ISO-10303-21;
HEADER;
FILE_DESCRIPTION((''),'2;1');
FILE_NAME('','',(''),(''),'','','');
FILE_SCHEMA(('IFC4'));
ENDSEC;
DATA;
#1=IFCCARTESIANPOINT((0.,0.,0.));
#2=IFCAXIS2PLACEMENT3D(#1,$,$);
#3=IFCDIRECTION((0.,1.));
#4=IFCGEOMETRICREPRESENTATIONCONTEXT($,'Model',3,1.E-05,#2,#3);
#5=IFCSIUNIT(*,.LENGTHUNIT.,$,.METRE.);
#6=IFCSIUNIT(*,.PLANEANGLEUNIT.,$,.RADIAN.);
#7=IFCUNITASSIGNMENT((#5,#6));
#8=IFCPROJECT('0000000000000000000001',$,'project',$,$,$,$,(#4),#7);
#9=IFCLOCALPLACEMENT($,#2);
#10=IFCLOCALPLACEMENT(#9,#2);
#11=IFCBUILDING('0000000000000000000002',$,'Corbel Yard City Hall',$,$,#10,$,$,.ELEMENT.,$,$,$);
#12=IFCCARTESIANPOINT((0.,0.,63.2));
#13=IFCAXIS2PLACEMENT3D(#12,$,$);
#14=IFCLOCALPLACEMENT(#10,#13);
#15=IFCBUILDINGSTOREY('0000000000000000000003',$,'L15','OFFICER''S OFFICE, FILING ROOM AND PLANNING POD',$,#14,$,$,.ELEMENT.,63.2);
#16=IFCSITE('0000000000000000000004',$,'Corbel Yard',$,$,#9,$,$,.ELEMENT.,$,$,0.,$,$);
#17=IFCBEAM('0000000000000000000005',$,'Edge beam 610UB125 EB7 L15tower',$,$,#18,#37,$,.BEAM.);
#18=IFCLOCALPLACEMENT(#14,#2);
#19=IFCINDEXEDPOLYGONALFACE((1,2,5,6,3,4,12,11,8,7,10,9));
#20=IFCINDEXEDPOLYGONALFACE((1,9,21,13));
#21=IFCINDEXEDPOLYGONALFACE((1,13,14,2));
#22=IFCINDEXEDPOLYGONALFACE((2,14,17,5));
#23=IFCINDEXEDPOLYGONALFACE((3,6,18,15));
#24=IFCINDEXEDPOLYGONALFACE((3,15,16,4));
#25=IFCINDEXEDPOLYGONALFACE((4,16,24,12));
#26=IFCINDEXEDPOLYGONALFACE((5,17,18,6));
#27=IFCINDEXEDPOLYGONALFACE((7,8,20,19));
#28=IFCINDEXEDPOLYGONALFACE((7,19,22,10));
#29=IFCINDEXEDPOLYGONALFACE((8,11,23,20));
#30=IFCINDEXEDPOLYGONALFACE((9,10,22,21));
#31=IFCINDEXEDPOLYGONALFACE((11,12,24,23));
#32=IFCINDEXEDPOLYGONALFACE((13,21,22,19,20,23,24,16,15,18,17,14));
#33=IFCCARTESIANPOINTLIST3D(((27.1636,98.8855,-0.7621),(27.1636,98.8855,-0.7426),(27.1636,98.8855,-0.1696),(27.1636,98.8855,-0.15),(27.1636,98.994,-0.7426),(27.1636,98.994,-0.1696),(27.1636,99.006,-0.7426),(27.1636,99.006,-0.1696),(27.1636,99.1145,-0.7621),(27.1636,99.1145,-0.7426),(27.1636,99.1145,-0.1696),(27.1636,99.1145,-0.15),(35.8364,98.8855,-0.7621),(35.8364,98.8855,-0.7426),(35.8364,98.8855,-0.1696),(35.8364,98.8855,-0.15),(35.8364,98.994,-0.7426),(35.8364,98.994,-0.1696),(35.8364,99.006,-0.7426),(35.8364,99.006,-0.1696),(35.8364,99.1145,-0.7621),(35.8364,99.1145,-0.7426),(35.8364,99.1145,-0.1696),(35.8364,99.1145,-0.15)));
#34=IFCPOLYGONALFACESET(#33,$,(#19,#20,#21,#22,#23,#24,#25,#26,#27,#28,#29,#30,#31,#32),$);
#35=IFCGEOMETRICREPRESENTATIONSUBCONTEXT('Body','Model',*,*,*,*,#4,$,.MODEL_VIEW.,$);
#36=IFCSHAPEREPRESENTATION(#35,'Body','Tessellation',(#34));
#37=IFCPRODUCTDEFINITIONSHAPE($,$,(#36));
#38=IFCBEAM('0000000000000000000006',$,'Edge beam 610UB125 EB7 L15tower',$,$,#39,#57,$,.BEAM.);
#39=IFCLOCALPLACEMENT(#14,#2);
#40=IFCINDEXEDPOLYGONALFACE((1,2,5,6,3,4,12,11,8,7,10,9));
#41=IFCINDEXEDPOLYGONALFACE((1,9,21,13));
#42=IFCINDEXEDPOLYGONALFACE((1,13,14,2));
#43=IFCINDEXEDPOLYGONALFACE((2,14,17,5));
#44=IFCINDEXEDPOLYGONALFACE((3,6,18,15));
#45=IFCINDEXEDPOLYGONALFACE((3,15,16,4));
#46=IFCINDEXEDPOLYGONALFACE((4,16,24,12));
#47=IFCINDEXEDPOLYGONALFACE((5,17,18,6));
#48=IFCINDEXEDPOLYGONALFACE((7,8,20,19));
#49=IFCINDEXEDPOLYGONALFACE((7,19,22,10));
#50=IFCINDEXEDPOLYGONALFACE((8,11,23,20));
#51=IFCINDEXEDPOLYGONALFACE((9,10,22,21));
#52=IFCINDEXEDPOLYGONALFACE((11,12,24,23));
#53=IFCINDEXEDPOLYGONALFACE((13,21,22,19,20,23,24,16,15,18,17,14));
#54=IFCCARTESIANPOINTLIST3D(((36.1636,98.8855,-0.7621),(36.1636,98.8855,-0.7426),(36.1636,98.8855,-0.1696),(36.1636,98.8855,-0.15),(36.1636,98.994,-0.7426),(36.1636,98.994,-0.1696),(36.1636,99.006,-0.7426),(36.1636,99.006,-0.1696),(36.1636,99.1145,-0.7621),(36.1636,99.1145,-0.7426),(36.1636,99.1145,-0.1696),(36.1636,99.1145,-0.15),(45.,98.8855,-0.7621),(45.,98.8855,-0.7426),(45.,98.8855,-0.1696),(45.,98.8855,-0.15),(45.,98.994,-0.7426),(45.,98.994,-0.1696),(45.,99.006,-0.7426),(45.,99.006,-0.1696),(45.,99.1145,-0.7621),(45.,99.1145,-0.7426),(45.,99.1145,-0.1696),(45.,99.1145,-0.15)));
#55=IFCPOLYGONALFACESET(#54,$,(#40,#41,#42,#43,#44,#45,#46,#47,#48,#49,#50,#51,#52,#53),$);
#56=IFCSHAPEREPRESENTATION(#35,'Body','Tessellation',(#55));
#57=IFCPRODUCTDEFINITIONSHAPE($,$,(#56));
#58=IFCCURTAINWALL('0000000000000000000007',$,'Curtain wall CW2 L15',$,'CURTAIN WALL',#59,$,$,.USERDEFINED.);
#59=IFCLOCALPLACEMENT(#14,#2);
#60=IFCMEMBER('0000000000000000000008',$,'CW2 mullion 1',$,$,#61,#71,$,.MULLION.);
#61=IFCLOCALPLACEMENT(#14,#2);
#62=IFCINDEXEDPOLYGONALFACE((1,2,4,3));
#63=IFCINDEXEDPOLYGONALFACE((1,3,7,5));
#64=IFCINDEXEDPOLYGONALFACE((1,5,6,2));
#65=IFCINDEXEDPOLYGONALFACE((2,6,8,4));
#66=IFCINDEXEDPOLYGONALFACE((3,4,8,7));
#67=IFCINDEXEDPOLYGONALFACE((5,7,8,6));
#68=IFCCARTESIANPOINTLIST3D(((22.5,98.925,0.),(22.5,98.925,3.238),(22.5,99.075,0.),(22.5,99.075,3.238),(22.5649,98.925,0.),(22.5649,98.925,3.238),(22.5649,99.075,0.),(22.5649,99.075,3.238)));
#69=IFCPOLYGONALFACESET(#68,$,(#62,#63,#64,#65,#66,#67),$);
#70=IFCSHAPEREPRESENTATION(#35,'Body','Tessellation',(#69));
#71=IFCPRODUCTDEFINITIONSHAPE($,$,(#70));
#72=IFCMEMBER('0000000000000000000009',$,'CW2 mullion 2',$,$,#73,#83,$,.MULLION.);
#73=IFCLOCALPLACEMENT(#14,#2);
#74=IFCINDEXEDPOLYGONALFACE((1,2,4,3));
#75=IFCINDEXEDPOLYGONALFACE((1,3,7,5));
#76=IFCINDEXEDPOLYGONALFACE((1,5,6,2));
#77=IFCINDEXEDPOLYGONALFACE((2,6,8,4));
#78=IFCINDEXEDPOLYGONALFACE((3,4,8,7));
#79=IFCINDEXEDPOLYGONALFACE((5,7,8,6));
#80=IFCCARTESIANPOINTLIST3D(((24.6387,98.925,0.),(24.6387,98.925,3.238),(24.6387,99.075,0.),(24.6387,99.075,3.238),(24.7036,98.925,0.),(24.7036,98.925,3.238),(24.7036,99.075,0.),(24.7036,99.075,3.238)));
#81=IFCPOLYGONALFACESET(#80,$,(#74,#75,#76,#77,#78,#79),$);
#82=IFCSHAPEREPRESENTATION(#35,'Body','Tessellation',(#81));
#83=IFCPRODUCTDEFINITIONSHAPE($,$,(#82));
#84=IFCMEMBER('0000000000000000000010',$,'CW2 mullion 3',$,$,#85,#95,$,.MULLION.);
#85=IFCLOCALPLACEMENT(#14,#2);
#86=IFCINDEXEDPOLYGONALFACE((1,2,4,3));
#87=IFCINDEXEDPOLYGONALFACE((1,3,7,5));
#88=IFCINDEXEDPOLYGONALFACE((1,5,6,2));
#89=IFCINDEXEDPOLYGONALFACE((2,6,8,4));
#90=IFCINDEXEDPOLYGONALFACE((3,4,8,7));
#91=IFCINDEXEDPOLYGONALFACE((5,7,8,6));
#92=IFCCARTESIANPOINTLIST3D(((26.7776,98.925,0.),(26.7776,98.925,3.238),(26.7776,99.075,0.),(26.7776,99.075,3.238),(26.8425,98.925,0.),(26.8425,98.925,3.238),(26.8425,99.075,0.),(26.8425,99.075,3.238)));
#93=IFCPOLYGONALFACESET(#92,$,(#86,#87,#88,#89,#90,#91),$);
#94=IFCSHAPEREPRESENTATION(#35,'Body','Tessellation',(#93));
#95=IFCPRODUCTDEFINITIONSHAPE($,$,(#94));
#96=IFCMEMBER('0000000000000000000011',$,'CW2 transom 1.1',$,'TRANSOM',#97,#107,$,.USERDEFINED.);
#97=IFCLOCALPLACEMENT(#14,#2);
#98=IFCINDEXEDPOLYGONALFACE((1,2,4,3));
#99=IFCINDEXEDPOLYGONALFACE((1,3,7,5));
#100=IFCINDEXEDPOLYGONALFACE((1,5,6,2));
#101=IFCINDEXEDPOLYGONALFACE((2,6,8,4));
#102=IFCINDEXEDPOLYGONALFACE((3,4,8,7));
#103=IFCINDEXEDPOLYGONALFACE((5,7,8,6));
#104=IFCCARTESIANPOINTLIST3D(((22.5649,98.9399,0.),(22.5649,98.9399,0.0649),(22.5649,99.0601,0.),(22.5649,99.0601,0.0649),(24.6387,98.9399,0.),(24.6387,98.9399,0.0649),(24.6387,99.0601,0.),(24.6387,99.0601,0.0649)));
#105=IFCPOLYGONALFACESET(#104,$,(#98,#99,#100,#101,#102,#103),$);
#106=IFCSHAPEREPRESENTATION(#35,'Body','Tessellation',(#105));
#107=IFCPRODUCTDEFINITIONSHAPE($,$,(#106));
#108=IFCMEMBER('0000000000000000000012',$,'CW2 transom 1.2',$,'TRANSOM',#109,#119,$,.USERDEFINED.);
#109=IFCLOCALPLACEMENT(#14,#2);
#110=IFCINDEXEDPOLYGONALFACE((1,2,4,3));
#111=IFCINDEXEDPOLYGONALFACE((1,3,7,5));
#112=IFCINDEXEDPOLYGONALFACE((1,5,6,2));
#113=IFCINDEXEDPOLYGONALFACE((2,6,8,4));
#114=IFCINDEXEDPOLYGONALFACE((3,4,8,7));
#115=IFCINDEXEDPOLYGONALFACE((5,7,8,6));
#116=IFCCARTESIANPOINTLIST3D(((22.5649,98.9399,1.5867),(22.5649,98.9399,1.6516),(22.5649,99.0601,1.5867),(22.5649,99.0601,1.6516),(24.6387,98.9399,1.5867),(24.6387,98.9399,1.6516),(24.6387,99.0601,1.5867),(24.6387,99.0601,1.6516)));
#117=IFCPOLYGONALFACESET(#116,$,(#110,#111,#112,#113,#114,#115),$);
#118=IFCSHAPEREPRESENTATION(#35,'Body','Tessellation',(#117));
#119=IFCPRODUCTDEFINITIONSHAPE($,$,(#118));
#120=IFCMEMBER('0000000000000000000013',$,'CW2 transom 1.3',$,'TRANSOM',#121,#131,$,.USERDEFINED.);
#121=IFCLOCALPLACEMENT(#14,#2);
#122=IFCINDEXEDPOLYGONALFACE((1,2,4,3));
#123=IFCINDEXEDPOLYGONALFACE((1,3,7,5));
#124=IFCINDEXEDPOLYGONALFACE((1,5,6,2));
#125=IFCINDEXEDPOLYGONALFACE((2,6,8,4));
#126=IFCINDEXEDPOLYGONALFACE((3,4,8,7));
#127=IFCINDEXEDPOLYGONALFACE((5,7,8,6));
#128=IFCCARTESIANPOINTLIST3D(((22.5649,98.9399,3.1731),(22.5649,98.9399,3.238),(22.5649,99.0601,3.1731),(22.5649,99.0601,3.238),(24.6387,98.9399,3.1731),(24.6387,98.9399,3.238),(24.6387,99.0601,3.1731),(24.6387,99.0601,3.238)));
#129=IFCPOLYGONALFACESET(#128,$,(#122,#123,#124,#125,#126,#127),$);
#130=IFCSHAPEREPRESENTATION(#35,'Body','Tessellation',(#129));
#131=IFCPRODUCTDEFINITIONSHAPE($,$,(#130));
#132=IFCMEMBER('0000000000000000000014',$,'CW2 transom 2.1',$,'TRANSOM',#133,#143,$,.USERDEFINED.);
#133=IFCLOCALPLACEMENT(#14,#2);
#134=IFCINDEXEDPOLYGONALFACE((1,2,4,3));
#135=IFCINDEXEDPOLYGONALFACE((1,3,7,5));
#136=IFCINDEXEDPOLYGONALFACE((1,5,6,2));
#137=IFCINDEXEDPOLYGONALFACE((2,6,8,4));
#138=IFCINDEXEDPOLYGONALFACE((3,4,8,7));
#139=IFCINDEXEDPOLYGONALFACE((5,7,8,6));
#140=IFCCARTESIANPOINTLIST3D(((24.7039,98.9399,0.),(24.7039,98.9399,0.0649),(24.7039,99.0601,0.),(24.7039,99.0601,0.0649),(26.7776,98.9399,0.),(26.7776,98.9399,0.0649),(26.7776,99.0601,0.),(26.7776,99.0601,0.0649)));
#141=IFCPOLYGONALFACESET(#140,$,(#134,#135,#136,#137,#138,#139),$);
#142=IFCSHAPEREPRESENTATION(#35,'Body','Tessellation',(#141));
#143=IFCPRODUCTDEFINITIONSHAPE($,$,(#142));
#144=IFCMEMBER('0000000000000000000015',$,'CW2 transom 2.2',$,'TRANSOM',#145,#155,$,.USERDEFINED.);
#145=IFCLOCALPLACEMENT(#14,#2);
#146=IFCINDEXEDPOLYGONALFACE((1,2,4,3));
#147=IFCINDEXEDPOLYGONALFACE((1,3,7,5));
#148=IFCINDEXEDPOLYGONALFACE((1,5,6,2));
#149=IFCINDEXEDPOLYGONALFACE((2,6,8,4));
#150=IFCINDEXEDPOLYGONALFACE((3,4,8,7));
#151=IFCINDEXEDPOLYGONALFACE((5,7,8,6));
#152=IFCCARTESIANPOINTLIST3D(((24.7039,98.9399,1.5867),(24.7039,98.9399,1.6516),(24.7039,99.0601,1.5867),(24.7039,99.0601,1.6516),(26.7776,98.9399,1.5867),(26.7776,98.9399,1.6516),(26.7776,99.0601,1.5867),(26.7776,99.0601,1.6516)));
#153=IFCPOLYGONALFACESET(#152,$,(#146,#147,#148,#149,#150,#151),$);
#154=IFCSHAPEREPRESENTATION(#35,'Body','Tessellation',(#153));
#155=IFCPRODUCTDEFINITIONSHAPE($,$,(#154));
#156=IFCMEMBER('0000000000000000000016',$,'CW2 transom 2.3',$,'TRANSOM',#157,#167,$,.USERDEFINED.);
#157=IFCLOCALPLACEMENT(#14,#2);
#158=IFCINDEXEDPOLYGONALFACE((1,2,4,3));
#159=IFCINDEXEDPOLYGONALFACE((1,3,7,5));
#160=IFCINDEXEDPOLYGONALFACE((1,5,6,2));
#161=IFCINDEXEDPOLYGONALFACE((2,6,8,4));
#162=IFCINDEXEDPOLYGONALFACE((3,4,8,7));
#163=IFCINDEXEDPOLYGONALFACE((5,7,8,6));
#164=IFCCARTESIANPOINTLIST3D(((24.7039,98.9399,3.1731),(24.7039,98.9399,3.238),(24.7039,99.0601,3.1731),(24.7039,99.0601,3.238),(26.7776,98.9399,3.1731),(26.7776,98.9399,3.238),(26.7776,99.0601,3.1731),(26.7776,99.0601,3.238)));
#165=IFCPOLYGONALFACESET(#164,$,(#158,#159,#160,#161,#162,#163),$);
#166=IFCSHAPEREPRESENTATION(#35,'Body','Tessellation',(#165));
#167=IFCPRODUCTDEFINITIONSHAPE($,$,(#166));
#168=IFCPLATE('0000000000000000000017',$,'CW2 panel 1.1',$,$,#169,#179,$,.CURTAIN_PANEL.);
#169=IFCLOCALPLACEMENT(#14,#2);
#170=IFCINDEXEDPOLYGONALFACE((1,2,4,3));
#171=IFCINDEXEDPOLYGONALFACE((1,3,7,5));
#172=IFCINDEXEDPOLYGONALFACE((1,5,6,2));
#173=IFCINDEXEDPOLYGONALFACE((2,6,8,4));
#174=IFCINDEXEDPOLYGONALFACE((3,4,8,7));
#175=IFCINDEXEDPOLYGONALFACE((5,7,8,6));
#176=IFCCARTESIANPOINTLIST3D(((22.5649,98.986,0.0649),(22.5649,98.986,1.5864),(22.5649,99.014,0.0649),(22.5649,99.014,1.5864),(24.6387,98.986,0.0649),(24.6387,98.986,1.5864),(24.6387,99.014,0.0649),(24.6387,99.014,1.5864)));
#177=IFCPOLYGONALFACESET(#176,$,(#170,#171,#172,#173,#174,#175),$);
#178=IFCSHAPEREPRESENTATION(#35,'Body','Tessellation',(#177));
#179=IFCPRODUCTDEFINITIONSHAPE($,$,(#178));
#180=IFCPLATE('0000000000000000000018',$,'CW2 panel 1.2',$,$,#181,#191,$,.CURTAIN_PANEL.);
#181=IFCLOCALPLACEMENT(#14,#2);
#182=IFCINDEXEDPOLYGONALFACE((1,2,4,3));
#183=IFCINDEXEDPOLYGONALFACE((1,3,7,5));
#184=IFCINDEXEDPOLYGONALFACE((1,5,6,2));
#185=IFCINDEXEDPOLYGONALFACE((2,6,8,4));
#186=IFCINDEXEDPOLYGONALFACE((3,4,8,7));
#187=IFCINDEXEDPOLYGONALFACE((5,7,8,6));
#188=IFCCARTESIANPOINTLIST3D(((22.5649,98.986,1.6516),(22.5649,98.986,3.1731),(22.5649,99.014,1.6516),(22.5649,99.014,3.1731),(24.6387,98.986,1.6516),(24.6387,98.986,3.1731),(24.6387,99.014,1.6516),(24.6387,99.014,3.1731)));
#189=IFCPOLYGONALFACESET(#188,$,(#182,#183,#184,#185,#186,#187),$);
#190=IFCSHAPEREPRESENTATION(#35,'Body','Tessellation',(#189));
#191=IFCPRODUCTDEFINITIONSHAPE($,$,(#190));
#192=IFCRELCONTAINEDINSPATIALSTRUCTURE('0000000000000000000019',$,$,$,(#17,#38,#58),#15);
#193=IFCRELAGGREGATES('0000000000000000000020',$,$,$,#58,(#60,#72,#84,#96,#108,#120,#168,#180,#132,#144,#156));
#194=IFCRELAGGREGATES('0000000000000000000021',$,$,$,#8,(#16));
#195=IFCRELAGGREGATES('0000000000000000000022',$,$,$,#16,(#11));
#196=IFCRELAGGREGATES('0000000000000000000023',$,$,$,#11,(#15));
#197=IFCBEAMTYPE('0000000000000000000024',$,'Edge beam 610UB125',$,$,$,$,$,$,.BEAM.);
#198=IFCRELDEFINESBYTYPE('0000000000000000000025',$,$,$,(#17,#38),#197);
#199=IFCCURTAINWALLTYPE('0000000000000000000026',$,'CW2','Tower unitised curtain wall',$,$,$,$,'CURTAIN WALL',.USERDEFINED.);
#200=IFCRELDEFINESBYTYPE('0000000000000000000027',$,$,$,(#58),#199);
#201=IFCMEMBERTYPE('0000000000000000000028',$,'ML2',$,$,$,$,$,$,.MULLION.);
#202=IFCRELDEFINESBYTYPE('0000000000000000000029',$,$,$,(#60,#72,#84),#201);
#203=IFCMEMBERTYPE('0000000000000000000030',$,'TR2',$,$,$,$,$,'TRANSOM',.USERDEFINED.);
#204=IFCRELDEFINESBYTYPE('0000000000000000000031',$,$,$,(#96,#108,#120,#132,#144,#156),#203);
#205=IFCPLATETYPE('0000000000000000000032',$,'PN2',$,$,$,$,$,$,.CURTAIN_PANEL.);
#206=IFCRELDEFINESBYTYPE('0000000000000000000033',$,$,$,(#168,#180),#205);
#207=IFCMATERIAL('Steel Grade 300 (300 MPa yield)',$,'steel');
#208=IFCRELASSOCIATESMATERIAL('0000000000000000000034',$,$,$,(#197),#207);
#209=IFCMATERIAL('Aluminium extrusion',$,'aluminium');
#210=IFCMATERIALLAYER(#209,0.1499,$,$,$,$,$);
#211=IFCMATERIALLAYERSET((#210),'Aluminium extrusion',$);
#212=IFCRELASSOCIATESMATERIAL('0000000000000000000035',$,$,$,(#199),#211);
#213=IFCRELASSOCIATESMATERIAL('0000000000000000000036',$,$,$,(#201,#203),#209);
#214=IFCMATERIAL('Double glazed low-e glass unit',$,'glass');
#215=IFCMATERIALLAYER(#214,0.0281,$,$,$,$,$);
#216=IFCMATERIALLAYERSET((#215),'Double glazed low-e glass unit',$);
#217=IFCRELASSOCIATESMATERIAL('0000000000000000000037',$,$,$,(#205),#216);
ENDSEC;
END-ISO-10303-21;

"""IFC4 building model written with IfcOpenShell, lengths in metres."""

from ifc_helpers import new_model, si_unit, direction, frame, origin, origin_2d, place, context, subcontext, project, spatial, rectangle, i_section, extrude, material, layer, layer_set, material_profile, profile_set, type_object, element, aggregate, save


model = new_model("IFC4")

# Units and contexts
model_context = context("Model", 3, precision=1e-05, world=origin(), true_north=direction((0.0, 1.0)))
body_context = subcontext(model_context, "Body", "Model", "MODEL_VIEW")
ifc_project = project(units=[si_unit("LENGTHUNIT", "METRE"), si_unit("PLANEANGLEUNIT", "RADIAN")], contexts=[model_context])

# Site, building, storey
site_placement = place(None, origin())
site = spatial("IfcSite", under=ifc_project, at=site_placement, Name="Corbel Yard", CompositionType="ELEMENT", RefElevation=0.0)
building_placement = place(site_placement, origin())
building = spatial("IfcBuilding", under=site, at=building_placement, Name="Corbel Yard City Hall", CompositionType="ELEMENT")
storey_placement = place(building_placement, frame((0.0, 0.0, 63.2)))
storey = spatial("IfcBuildingStorey", under=building, at=storey_placement, Name="L15", Description="OFFICER'S OFFICE, FILING ROOM AND PLANNING POD", CompositionType="ELEMENT", Elevation=63.2)

# Beams
ifc_material_1 = material(Name="Steel Grade 300 (300 MPa yield)", Category="steel")
ifc_material_profile_1 = material_profile(ifc_material_1, i_section(OverallWidth=0.229, OverallDepth=0.6121, WebThickness=0.012, FlangeThickness=0.0195, at=origin_2d()), Name="610UB125")
ifc_profile_set_1 = profile_set([ifc_material_profile_1], Name="Steel Grade 300 (300 MPa yield)")
beam_type = type_object("IfcBeamType", Name="Edge beam 610UB125", PredefinedType="BEAM", material=ifc_profile_set_1)
beam_1_placement = place(storey_placement, frame((27.1636, 99.0, -0.4561), z_axis=(1.0, 0.0, 0.0), x_axis=(0.0, 1.0, 0.0)))
element("IfcBeam", 1, at=beam_1_placement, inside=storey, type_object=beam_type, Name="Edge beam 610UB125 EB7 L15tower", PredefinedType="BEAM", context=body_context, shape_type="SweptSolid", body=[
    extrude(i_section(OverallWidth=0.229, OverallDepth=0.6121, WebThickness=0.012, FlangeThickness=0.0195, at=origin_2d()), origin(), (0.0, 0.0, 1.0), 8.6729),
])
beam_2_placement = place(storey_placement, frame((36.1636, 99.0, -0.4561), z_axis=(1.0, 0.0, 0.0), x_axis=(0.0, 1.0, 0.0)))
element("IfcBeam", 2, at=beam_2_placement, inside=storey, type_object=beam_type, Name="Edge beam 610UB125 EB7 L15tower", PredefinedType="BEAM", context=body_context, shape_type="SweptSolid", body=[
    extrude(i_section(OverallWidth=0.229, OverallDepth=0.6121, WebThickness=0.012, FlangeThickness=0.0195, at=origin_2d()), origin(), (0.0, 0.0, 1.0), 8.8364),
])

# Curtain wall, members, plates
ifc_material_2 = material(Name="Aluminium extrusion", Category="aluminium")
ifc_layer_1 = layer(ifc_material_2, 0.1499)
ifc_layer_set_1 = layer_set([ifc_layer_1], Name="Aluminium extrusion")
curtain_wall_type = type_object("IfcCurtainWallType", Name="CW2", Description="Tower unitised curtain wall", ElementType="CURTAIN WALL", PredefinedType="USERDEFINED", material=ifc_layer_set_1)
curtain_wall_placement = place(storey_placement, origin())
curtain_wall = element("IfcCurtainWall", 3, at=curtain_wall_placement, inside=storey, type_object=curtain_wall_type, Name="Curtain wall CW2 L15", ObjectType="CURTAIN WALL", PredefinedType="USERDEFINED")
ifc_material_profile_2 = material_profile(ifc_material_2, rectangle(XDim=0.1499, YDim=0.0649, at=origin_2d()), Name="150x65")
ifc_profile_set_2 = profile_set([ifc_material_profile_2], Name="Aluminium extrusion")
member_type_1 = type_object("IfcMemberType", Name="ML2", PredefinedType="MULLION", material=ifc_profile_set_2)
member_1_placement = place(storey_placement, frame((22.5325, 99.0, 0.0), z_axis=(0.0, 0.0, 1.0), x_axis=(0.0, 1.0, 0.0)))
member_1 = element("IfcMember", 4, at=member_1_placement, type_object=member_type_1, Name="CW2 mullion 1", PredefinedType="MULLION", context=body_context, shape_type="SweptSolid", body=[
    extrude(rectangle(XDim=0.1499, YDim=0.0649, at=origin_2d()), origin(), (0.0, 0.0, 1.0), 3.238),
])
member_2_placement = place(storey_placement, frame((24.6711, 99.0, 0.0), z_axis=(0.0, 0.0, 1.0), x_axis=(0.0, 1.0, 0.0)))
member_2 = element("IfcMember", 5, at=member_2_placement, type_object=member_type_1, Name="CW2 mullion 2", PredefinedType="MULLION", context=body_context, shape_type="SweptSolid", body=[
    extrude(rectangle(XDim=0.1499, YDim=0.0649, at=origin_2d()), origin(), (0.0, 0.0, 1.0), 3.238),
])
member_3_placement = place(storey_placement, frame((26.8101, 99.0, 0.0), z_axis=(0.0, 0.0, 1.0), x_axis=(0.0, 1.0, 0.0)))
member_3 = element("IfcMember", 6, at=member_3_placement, type_object=member_type_1, Name="CW2 mullion 3", PredefinedType="MULLION", context=body_context, shape_type="SweptSolid", body=[
    extrude(rectangle(XDim=0.1499, YDim=0.0649, at=origin_2d()), origin(), (0.0, 0.0, 1.0), 3.238),
])
ifc_material_profile_3 = material_profile(ifc_material_2, rectangle(XDim=0.1201, YDim=0.0649, at=origin_2d()), Name="120x65")
ifc_profile_set_3 = profile_set([ifc_material_profile_3], Name="Aluminium extrusion")
member_type_2 = type_object("IfcMemberType", Name="TR2", ElementType="TRANSOM", PredefinedType="USERDEFINED", material=ifc_profile_set_3)
member_4_placement = place(storey_placement, frame((22.5649, 99.0, 0.0325), z_axis=(1.0, 0.0, 0.0), x_axis=(0.0, 1.0, 0.0)))
member_4 = element("IfcMember", 7, at=member_4_placement, type_object=member_type_2, Name="CW2 transom 1.1", ObjectType="TRANSOM", PredefinedType="USERDEFINED", context=body_context, shape_type="SweptSolid", body=[
    extrude(rectangle(XDim=0.1201, YDim=0.0649, at=origin_2d()), origin(), (0.0, 0.0, 1.0), 2.0737),
])
member_5_placement = place(storey_placement, frame((22.5649, 99.0, 1.6191), z_axis=(1.0, 0.0, 0.0), x_axis=(0.0, 1.0, 0.0)))
member_5 = element("IfcMember", 8, at=member_5_placement, type_object=member_type_2, Name="CW2 transom 1.2", ObjectType="TRANSOM", PredefinedType="USERDEFINED", context=body_context, shape_type="SweptSolid", body=[
    extrude(rectangle(XDim=0.1201, YDim=0.0649, at=origin_2d()), origin(), (0.0, 0.0, 1.0), 2.0737),
])
member_6_placement = place(storey_placement, frame((22.5649, 99.0, 3.2056), z_axis=(1.0, 0.0, 0.0), x_axis=(0.0, 1.0, 0.0)))
member_6 = element("IfcMember", 9, at=member_6_placement, type_object=member_type_2, Name="CW2 transom 1.3", ObjectType="TRANSOM", PredefinedType="USERDEFINED", context=body_context, shape_type="SweptSolid", body=[
    extrude(rectangle(XDim=0.1201, YDim=0.0649, at=origin_2d()), origin(), (0.0, 0.0, 1.0), 2.0737),
])
member_7_placement = place(storey_placement, frame((24.7039, 99.0, 0.0325), z_axis=(1.0, 0.0, 0.0), x_axis=(0.0, 1.0, 0.0)))
member_7 = element("IfcMember", 10, at=member_7_placement, type_object=member_type_2, Name="CW2 transom 2.1", ObjectType="TRANSOM", PredefinedType="USERDEFINED", context=body_context, shape_type="SweptSolid", body=[
    extrude(rectangle(XDim=0.1201, YDim=0.0649, at=origin_2d()), origin(), (0.0, 0.0, 1.0), 2.0737),
])
member_8_placement = place(storey_placement, frame((24.7039, 99.0, 1.6191), z_axis=(1.0, 0.0, 0.0), x_axis=(0.0, 1.0, 0.0)))
member_8 = element("IfcMember", 11, at=member_8_placement, type_object=member_type_2, Name="CW2 transom 2.2", ObjectType="TRANSOM", PredefinedType="USERDEFINED", context=body_context, shape_type="SweptSolid", body=[
    extrude(rectangle(XDim=0.1201, YDim=0.0649, at=origin_2d()), origin(), (0.0, 0.0, 1.0), 2.0737),
])
member_9_placement = place(storey_placement, frame((24.7039, 99.0, 3.2056), z_axis=(1.0, 0.0, 0.0), x_axis=(0.0, 1.0, 0.0)))
member_9 = element("IfcMember", 12, at=member_9_placement, type_object=member_type_2, Name="CW2 transom 2.3", ObjectType="TRANSOM", PredefinedType="USERDEFINED", context=body_context, shape_type="SweptSolid", body=[
    extrude(rectangle(XDim=0.1201, YDim=0.0649, at=origin_2d()), origin(), (0.0, 0.0, 1.0), 2.0737),
])
ifc_material_3 = material(Name="Double glazed low-e glass unit", Category="glass")
ifc_layer_2 = layer(ifc_material_3, 0.0281)
ifc_layer_set_2 = layer_set([ifc_layer_2], Name="Double glazed low-e glass unit")
plate_type = type_object("IfcPlateType", Name="PN2", PredefinedType="CURTAIN_PANEL", material=ifc_layer_set_2)
plate_1_placement = place(storey_placement, frame((23.6018, 99.0, 0.0649), z_axis=(0.0, 0.0, 1.0), x_axis=(1.0, 0.0, 0.0)))
plate_1 = element("IfcPlate", 13, at=plate_1_placement, type_object=plate_type, Name="CW2 panel 1.1", PredefinedType="CURTAIN_PANEL", context=body_context, shape_type="SweptSolid", body=[
    extrude(rectangle(XDim=2.0737, YDim=0.0281, at=origin_2d()), origin(), (0.0, 0.0, 1.0), 1.5215),
])
plate_2_placement = place(storey_placement, frame((23.6018, 99.0, 1.6516), z_axis=(0.0, 0.0, 1.0), x_axis=(1.0, 0.0, 0.0)))
plate_2 = element("IfcPlate", 14, at=plate_2_placement, type_object=plate_type, Name="CW2 panel 1.2", PredefinedType="CURTAIN_PANEL", context=body_context, shape_type="SweptSolid", body=[
    extrude(rectangle(XDim=2.0737, YDim=0.0281, at=origin_2d()), origin(), (0.0, 0.0, 1.0), 1.5215),
])
aggregate(curtain_wall, [member_1, member_2, member_3, member_4, member_5, member_6, plate_1, plate_2, member_7, member_8, member_9])

save(model, "model.ifc")
